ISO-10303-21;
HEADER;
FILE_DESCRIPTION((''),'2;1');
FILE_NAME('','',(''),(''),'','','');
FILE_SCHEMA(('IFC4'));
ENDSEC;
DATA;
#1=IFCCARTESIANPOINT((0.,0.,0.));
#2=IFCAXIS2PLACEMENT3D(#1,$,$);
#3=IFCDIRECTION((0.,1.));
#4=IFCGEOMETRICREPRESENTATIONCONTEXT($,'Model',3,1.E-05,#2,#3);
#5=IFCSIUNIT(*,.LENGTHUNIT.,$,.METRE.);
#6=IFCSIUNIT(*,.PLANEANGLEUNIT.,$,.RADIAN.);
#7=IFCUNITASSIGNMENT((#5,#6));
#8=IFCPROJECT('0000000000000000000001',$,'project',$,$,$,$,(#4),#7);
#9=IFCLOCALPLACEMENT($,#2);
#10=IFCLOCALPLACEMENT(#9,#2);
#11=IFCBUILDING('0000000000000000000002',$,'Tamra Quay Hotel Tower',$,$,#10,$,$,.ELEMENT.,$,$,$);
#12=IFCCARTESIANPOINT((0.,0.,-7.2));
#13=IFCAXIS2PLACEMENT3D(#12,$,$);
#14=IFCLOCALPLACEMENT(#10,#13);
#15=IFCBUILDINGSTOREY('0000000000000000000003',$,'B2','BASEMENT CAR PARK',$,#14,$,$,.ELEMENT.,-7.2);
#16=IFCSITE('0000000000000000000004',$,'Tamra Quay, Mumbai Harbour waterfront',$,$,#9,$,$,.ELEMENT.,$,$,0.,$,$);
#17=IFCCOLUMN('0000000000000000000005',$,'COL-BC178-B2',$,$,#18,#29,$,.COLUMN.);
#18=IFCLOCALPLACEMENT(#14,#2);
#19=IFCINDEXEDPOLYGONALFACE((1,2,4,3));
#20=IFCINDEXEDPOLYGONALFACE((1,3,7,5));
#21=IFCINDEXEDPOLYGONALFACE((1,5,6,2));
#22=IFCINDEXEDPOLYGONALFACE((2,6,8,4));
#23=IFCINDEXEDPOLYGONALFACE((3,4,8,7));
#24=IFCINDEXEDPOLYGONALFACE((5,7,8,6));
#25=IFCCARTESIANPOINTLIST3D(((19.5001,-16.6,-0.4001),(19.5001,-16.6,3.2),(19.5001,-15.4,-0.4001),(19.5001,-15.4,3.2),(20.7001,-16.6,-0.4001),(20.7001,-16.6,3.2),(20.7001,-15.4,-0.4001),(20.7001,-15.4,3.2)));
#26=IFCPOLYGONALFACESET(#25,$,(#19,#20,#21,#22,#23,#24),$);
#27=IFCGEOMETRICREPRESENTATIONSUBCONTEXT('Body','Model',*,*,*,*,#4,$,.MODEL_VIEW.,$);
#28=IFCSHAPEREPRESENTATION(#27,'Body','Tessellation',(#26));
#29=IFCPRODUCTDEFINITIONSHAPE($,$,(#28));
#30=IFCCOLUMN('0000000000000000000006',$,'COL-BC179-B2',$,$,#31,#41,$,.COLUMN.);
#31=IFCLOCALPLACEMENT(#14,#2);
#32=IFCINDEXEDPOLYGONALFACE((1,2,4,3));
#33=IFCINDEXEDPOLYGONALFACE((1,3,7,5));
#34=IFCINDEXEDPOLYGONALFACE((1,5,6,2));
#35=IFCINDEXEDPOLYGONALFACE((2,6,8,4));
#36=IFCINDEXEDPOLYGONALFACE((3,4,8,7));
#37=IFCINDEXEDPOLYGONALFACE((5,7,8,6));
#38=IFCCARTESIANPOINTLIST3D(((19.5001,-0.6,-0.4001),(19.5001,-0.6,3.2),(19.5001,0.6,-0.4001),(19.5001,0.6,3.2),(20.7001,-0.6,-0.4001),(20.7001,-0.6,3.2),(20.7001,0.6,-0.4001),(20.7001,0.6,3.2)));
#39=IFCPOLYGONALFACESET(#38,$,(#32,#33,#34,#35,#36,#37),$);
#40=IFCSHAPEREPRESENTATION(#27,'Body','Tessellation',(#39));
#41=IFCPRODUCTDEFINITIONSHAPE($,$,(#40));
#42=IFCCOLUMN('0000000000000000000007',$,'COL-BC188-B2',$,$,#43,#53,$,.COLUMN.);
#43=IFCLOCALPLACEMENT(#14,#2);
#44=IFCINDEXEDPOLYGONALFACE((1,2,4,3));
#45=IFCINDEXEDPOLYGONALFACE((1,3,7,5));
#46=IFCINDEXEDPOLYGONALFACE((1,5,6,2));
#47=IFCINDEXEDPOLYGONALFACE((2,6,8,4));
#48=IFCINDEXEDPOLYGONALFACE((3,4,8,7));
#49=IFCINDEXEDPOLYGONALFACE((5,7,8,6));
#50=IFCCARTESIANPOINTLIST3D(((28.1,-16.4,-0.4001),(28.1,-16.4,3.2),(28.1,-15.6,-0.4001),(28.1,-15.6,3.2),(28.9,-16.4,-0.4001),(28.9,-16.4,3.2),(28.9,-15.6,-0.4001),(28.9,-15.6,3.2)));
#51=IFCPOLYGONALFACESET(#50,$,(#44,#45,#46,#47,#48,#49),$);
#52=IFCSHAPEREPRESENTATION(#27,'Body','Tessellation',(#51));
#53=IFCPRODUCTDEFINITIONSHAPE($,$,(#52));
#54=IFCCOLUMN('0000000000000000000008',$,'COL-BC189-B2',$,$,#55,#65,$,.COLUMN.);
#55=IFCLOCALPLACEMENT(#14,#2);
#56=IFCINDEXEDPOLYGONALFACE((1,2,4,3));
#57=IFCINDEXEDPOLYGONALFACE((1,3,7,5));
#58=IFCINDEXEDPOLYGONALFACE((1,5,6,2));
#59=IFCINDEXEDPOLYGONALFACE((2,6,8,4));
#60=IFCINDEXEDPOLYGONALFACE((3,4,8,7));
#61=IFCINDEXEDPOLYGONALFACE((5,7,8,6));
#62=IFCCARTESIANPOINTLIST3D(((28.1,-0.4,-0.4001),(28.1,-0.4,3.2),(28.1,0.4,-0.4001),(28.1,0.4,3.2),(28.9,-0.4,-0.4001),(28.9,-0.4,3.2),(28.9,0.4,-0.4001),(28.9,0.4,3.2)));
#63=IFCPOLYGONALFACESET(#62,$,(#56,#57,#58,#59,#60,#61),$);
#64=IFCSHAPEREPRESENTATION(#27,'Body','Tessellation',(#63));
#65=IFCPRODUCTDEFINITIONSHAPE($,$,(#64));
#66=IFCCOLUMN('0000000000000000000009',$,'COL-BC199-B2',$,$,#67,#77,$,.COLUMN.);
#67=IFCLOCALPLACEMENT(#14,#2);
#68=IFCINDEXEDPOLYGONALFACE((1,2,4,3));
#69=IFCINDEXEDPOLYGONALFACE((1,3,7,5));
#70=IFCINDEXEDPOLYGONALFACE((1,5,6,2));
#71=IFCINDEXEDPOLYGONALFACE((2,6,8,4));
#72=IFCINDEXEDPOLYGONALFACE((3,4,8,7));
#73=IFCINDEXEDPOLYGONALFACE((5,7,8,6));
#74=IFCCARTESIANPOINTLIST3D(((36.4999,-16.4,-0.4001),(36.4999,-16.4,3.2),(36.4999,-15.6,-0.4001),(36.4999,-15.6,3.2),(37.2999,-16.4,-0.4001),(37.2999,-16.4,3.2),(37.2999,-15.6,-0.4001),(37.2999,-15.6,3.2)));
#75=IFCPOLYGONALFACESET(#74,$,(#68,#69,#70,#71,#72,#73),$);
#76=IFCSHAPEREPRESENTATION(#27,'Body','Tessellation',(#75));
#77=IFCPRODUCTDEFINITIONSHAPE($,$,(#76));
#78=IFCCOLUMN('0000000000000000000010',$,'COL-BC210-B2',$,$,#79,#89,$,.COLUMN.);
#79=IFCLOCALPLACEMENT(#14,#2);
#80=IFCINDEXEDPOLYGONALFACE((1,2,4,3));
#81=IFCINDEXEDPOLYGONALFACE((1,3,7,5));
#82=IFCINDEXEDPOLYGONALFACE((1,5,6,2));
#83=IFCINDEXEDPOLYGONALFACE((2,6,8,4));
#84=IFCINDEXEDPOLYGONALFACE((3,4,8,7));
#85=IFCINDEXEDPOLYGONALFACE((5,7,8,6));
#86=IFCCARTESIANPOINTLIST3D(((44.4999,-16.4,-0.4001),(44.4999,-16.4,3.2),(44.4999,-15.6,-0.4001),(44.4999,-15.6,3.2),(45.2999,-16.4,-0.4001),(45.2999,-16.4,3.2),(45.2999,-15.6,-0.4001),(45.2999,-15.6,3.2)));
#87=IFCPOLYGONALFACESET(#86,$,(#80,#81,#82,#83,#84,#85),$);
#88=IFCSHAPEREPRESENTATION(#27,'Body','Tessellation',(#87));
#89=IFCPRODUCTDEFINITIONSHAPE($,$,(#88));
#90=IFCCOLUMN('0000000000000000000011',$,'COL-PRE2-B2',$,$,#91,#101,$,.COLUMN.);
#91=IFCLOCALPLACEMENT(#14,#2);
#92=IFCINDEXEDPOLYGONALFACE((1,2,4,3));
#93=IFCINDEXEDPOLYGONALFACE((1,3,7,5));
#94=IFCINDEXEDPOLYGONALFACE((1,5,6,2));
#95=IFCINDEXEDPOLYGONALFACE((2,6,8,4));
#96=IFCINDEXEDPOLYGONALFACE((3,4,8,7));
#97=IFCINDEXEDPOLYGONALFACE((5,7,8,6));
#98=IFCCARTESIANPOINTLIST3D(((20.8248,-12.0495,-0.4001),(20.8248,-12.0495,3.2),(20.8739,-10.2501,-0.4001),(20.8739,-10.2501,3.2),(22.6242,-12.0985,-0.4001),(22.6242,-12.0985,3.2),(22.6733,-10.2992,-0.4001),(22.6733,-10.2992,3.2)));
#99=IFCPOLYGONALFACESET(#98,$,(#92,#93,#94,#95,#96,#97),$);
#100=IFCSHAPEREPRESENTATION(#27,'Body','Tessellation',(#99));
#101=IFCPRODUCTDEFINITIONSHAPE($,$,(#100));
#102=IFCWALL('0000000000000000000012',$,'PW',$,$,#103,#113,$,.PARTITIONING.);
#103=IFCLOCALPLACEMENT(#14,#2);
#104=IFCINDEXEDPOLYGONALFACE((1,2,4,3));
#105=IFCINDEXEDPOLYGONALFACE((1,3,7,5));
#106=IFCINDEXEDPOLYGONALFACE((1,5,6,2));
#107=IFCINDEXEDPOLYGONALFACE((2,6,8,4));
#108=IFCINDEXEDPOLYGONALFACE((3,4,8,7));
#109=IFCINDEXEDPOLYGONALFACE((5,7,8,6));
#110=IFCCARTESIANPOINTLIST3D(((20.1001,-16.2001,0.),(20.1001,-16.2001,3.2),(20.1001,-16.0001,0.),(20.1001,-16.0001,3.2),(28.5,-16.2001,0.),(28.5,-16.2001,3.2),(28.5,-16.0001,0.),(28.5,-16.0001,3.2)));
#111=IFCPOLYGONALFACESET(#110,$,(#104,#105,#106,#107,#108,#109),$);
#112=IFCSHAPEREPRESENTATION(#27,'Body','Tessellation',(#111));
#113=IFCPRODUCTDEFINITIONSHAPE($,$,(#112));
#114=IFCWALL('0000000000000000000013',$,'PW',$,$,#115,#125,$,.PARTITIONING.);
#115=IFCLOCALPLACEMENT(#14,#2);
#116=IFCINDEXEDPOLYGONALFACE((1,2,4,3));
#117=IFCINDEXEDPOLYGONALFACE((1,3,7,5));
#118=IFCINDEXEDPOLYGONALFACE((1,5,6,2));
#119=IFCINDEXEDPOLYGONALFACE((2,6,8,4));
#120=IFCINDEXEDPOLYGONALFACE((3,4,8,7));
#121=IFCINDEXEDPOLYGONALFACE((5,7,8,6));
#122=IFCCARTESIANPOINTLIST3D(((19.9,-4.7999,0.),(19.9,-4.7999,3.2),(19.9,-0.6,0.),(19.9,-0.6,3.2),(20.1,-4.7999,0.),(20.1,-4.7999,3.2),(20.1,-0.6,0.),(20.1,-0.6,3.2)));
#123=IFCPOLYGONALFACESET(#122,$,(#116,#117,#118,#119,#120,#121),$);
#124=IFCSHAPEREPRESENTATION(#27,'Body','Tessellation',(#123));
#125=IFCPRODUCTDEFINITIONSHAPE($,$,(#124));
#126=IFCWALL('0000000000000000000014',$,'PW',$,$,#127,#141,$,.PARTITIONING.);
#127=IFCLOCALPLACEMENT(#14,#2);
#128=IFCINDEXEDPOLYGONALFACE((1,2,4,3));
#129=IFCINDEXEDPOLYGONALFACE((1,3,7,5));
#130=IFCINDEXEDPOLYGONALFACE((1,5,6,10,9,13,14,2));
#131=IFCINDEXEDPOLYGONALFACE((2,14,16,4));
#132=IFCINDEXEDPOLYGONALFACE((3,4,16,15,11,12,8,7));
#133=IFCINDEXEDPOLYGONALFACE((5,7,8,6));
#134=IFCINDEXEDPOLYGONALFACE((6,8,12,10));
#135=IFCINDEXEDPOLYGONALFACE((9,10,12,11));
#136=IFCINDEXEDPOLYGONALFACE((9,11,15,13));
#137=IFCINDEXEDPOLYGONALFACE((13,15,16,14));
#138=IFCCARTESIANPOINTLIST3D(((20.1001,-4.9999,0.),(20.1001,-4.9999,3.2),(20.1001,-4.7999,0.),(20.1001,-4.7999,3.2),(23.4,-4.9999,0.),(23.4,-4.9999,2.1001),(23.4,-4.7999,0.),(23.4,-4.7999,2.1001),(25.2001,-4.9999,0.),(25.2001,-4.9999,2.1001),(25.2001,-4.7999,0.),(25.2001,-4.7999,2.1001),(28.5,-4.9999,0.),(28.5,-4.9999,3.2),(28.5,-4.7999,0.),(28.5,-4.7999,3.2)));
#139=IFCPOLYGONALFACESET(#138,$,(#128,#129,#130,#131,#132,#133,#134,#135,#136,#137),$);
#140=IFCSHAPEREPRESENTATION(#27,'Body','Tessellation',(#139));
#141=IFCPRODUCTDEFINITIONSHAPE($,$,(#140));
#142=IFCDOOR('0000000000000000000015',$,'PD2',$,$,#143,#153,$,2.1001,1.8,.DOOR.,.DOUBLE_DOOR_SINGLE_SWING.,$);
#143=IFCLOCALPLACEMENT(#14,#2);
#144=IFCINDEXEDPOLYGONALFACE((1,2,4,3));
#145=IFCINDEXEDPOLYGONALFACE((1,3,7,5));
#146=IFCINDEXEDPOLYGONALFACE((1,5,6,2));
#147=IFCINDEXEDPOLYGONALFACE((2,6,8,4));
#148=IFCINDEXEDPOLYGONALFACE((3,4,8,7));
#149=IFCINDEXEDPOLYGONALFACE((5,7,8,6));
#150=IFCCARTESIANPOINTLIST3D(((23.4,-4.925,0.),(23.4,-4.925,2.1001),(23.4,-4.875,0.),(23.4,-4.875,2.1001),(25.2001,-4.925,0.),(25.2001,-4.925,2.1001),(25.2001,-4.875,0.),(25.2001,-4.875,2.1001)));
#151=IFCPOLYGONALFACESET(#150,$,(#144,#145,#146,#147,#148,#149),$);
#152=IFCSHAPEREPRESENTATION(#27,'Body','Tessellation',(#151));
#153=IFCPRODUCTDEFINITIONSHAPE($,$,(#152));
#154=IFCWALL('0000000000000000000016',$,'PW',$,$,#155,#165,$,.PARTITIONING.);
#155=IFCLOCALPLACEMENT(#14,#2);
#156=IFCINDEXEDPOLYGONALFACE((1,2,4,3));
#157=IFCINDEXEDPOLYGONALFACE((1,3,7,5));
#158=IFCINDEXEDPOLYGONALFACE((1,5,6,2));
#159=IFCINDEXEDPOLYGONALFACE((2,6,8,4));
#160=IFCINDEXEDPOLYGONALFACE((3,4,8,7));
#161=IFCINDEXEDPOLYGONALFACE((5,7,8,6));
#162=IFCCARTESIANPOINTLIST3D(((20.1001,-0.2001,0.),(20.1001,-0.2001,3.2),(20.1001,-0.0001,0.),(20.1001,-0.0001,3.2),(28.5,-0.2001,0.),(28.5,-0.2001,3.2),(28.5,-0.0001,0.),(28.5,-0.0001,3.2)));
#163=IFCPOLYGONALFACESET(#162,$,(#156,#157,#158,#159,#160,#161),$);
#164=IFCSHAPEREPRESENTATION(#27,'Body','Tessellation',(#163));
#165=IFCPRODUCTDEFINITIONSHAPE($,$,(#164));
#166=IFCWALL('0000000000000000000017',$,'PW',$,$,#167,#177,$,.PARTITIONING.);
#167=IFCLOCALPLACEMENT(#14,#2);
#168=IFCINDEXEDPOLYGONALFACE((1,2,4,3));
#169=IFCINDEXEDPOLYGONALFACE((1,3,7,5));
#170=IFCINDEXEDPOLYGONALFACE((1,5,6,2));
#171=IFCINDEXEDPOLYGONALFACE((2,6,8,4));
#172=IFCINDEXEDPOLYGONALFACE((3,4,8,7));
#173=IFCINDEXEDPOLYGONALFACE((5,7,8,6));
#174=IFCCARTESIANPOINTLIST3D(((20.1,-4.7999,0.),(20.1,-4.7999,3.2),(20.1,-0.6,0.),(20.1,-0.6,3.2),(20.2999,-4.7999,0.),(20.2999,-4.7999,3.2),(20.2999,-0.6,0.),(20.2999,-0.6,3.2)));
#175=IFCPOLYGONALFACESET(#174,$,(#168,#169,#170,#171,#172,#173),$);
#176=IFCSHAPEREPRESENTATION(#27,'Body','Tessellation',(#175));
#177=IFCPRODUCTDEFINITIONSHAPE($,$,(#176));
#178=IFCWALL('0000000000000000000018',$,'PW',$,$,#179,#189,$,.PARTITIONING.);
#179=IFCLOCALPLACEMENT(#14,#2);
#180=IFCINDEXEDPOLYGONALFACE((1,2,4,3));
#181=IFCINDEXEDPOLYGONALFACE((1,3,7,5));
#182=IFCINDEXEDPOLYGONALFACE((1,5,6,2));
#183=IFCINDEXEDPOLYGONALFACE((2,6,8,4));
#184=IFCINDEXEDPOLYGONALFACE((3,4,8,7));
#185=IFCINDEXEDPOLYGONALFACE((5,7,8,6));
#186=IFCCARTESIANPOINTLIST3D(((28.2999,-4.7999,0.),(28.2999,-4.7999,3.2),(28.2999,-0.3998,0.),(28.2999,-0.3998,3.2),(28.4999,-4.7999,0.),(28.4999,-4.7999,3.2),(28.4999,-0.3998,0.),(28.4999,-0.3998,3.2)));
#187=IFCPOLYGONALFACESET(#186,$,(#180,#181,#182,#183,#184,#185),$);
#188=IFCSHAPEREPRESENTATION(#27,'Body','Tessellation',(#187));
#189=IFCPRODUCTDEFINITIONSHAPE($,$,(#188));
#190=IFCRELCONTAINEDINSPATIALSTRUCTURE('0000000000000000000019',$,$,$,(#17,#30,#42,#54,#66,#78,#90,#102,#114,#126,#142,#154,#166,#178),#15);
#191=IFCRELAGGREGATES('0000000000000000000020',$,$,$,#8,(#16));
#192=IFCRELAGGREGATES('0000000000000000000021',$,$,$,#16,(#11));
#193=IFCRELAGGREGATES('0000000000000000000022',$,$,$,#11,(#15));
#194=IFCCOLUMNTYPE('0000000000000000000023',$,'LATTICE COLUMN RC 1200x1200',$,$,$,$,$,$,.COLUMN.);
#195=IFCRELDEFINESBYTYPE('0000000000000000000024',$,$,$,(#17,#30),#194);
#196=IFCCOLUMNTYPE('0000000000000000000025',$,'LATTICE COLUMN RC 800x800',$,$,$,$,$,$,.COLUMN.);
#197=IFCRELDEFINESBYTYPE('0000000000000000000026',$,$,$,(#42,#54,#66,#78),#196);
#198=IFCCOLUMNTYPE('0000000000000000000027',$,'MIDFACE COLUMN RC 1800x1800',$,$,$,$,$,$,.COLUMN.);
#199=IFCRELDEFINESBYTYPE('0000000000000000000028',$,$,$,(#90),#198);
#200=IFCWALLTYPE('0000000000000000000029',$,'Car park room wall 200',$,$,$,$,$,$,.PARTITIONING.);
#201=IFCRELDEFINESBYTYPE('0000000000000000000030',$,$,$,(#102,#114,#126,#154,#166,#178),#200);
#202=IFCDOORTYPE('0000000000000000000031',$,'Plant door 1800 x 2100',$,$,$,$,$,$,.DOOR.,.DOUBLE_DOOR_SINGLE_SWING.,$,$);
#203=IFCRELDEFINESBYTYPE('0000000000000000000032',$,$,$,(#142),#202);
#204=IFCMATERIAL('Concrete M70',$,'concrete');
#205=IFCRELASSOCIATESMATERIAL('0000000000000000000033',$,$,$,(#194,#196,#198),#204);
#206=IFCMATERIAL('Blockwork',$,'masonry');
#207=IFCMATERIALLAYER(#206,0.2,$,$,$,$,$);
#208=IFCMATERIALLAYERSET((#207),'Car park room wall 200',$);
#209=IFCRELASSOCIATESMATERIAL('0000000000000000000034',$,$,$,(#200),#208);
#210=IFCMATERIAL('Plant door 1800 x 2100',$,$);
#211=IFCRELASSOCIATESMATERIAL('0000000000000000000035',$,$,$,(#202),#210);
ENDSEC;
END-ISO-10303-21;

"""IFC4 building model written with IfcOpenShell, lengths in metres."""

from ifc_helpers import new_model, si_unit, direction, frame, frame_2d, origin, origin_2d, place, context, subcontext, project, spatial, rectangle, extrude, material, layer, layer_set, material_profile, profile_set, type_object, element, fill, save


model = new_model("IFC4")

# Units and contexts
model_context = context("Model", 3, precision=1e-05, world=origin(), true_north=direction((0.0, 1.0)))
body_context = subcontext(model_context, "Body", "Model", "MODEL_VIEW")
ifc_project = project(units=[si_unit("LENGTHUNIT", "METRE"), si_unit("PLANEANGLEUNIT", "RADIAN")], contexts=[model_context])

# Site, building, storey
site_placement = place(None, origin())
site = spatial("IfcSite", under=ifc_project, at=site_placement, Name="Tamra Quay, Mumbai Harbour waterfront", CompositionType="ELEMENT", RefElevation=0.0)
building_placement = place(site_placement, origin())
building = spatial("IfcBuilding", under=site, at=building_placement, Name="Tamra Quay Hotel Tower", CompositionType="ELEMENT")
storey_placement = place(building_placement, frame((0.0, 0.0, -7.2)))
storey = spatial("IfcBuildingStorey", under=building, at=storey_placement, Name="B2", Description="BASEMENT CAR PARK", CompositionType="ELEMENT", Elevation=-7.2)

# Columns
ifc_material_1 = material(Name="Concrete M70", Category="concrete")
ifc_material_profile_1 = material_profile(ifc_material_1, rectangle(XDim=1.2, YDim=1.2, at=origin_2d()), Name="LATTICE COLUMN RC 1200x1200")
ifc_profile_set_1 = profile_set([ifc_material_profile_1], Name="Concrete M70")
column_type_1 = type_object("IfcColumnType", Name="LATTICE COLUMN RC 1200x1200", PredefinedType="COLUMN", material=ifc_profile_set_1)
for number, where, z_axis, x_axis, name in (
    (1, (20.1001, -16.0, -0.4001), (0.0, 0.0, 1.0), (1.0, 0.0, 0.0), "COL-BC178-B2"),
    (2, (20.1001, 0.0, -0.4001), (0.0, 0.0, 1.0), (1.0, 0.0, 0.0), "COL-BC179-B2"),
):
    element("IfcColumn", number, at=place(storey_placement, frame(where, z_axis=z_axis, x_axis=x_axis)), inside=storey, type_object=column_type_1, Name=name, PredefinedType="COLUMN", context=body_context, shape_type="SweptSolid", body=[
        extrude(rectangle(XDim=1.2, YDim=1.2, at=origin_2d()), origin(), (0.0, 0.0, 1.0), 3.6001),
    ])
ifc_material_profile_2 = material_profile(ifc_material_1, rectangle(XDim=0.8, YDim=0.8, at=origin_2d()), Name="LATTICE COLUMN RC 800x800")
ifc_profile_set_2 = profile_set([ifc_material_profile_2], Name="Concrete M70")
column_type_2 = type_object("IfcColumnType", Name="LATTICE COLUMN RC 800x800", PredefinedType="COLUMN", material=ifc_profile_set_2)
for number, where, z_axis, x_axis, name in (
    (3, (28.5, -16.0, -0.4001), (0.0, 0.0, 1.0), (1.0, 0.0, 0.0), "COL-BC188-B2"),
    (4, (28.5, 0.0, -0.4001), (0.0, 0.0, 1.0), (1.0, 0.0, 0.0), "COL-BC189-B2"),
    (5, (36.8999, -16.0, -0.4001), (0.0, 0.0, 1.0), (1.0, 0.0, 0.0), "COL-BC199-B2"),
    (6, (44.8999, -16.0, -0.4001), (0.0, 0.0, 1.0), (1.0, 0.0, 0.0), "COL-BC210-B2"),
):
    element("IfcColumn", number, at=place(storey_placement, frame(where, z_axis=z_axis, x_axis=x_axis)), inside=storey, type_object=column_type_2, Name=name, PredefinedType="COLUMN", context=body_context, shape_type="SweptSolid", body=[
        extrude(rectangle(XDim=0.8, YDim=0.8, at=origin_2d()), origin(), (0.0, 0.0, 1.0), 3.6001),
    ])
ifc_material_profile_3 = material_profile(ifc_material_1, rectangle(XDim=1.8, YDim=1.8, at=origin_2d()), Name="MIDFACE COLUMN RC 1800x1800")
ifc_profile_set_3 = profile_set([ifc_material_profile_3], Name="Concrete M70")
column_type_3 = type_object("IfcColumnType", Name="MIDFACE COLUMN RC 1800x1800", PredefinedType="COLUMN", material=ifc_profile_set_3)
column_placement = place(storey_placement, frame((21.749, -11.1743, -0.4001), z_axis=(0.0, 0.0, 1.0), x_axis=(-0.999628, 0.027269, 0.0)))
element("IfcColumn", 7, at=column_placement, inside=storey, type_object=column_type_3, Name="COL-PRE2-B2", PredefinedType="COLUMN", context=body_context, shape_type="SweptSolid", body=[
    extrude(rectangle(XDim=1.8, YDim=1.8, at=origin_2d()), origin(), (0.0, 0.0, 1.0), 3.6001),
])

# Walls
ifc_material_2 = material(Name="Blockwork", Category="masonry")
ifc_layer_1 = layer(ifc_material_2, 0.2)
ifc_layer_set_1 = layer_set([ifc_layer_1], Name="Car park room wall 200")
wall_type_1 = type_object("IfcWallType", Name="Car park room wall 200", PredefinedType="PARTITIONING", material=ifc_layer_set_1)
wall_1_placement = place(storey_placement, frame((20.1001, -16.1001, 0.0), z_axis=(0.0, 0.0, 1.0), x_axis=(1.0, 0.0, 0.0)))
element("IfcWall", 8, at=wall_1_placement, inside=storey, type_object=wall_type_1, Name="PW", PredefinedType="PARTITIONING", context=body_context, shape_type="SweptSolid", body=[
    extrude(rectangle(XDim=8.3999, YDim=0.2, at=frame_2d((4.2, 0.0))), origin(), (0.0, 0.0, 1.0), 3.2),
])
wall_2_placement = place(storey_placement, frame((20.0, -4.8, 0.0), z_axis=(0.0, 0.0, 1.0), x_axis=(0.0, 1.0, 0.0)))
element("IfcWall", 9, at=wall_2_placement, inside=storey, type_object=wall_type_1, Name="PW", PredefinedType="PARTITIONING", context=body_context, shape_type="SweptSolid", body=[
    extrude(rectangle(XDim=4.2, YDim=0.2, at=frame_2d((2.1001, 0.0))), origin(), (0.0, 0.0, 1.0), 3.2),
])

# Wall, opening, door
wall_3_placement = place(storey_placement, frame((20.1001, -4.8999, 0.0), z_axis=(0.0, 0.0, 1.0), x_axis=(1.0, 0.0, 0.0)))
wall_3 = element("IfcWall", 10, at=wall_3_placement, inside=storey, type_object=wall_type_1, Name="PW", PredefinedType="PARTITIONING", context=body_context, shape_type="SweptSolid", body=[
    extrude(rectangle(XDim=8.3999, YDim=0.2, at=frame_2d((4.2, 0.0))), origin(), (0.0, 0.0, 1.0), 3.2),
])
opening_1_placement = place(wall_3_placement, frame((3.3, 0.0, 0.0)))
opening_1 = element("IfcOpeningElement", 11, at=opening_1_placement, cuts=wall_3, PredefinedType="OPENING", context=body_context, shape_type="SweptSolid", body=[
    extrude(rectangle(XDim=1.8, YDim=2.1001, at=frame_2d((0.8999, 1.05))), frame((0.0, 0.1099, 0.0), z_axis=(0.0, -1.0, 0.0), x_axis=(1.0, 0.0, 0.0)), (0.0, 0.0, 1.0), 0.22),
])
ifc_material_3 = material(Name="Plant door 1800 x 2100")
door_type_1 = type_object("IfcDoorType", Name="Plant door 1800 x 2100", OperationType="DOUBLE_DOOR_SINGLE_SWING", PredefinedType="DOOR", material=ifc_material_3)
door_1_placement = place(opening_1_placement, origin())
door_1 = element("IfcDoor", 12, at=door_1_placement, inside=storey, type_object=door_type_1, Name="PD2", OperationType="DOUBLE_DOOR_SINGLE_SWING", OverallHeight=2.1001, OverallWidth=1.8, PredefinedType="DOOR", context=body_context, shape_type="SweptSolid", body=[
    extrude(rectangle(XDim=1.8, YDim=2.1001, at=frame_2d((0.8999, 1.05))), frame((0.0, 0.0249, 0.0), z_axis=(0.0, -1.0, 0.0), x_axis=(1.0, 0.0, 0.0)), (0.0, 0.0, 1.0), 0.05),
])
fill(opening_1, door_1)

# Walls
wall_4_placement = place(storey_placement, frame((20.1001, -0.1001, 0.0), z_axis=(0.0, 0.0, 1.0), x_axis=(1.0, 0.0, 0.0)))
element("IfcWall", 13, at=wall_4_placement, inside=storey, type_object=wall_type_1, Name="PW", PredefinedType="PARTITIONING", context=body_context, shape_type="SweptSolid", body=[
    extrude(rectangle(XDim=8.3999, YDim=0.2, at=frame_2d((4.2, 0.0))), origin(), (0.0, 0.0, 1.0), 3.2),
])
wall_5_placement = place(storey_placement, frame((20.2, -4.8, 0.0), z_axis=(0.0, 0.0, 1.0), x_axis=(0.0, 1.0, 0.0)))
element("IfcWall", 14, at=wall_5_placement, inside=storey, type_object=wall_type_1, Name="PW", PredefinedType="PARTITIONING", context=body_context, shape_type="SweptSolid", body=[
    extrude(rectangle(XDim=4.2, YDim=0.2, at=frame_2d((2.1001, 0.0))), origin(), (0.0, 0.0, 1.0), 3.2),
])
wall_6_placement = place(storey_placement, frame((28.3999, -4.8, 0.0), z_axis=(0.0, 0.0, 1.0), x_axis=(0.0, 1.0, 0.0)))
element("IfcWall", 15, at=wall_6_placement, inside=storey, type_object=wall_type_1, Name="PW", PredefinedType="PARTITIONING", context=body_context, shape_type="SweptSolid", body=[
    extrude(rectangle(XDim=4.4001, YDim=0.2, at=frame_2d((2.2002, 0.0))), origin(), (0.0, 0.0, 1.0), 3.2),
])

save(model, "model.ifc")
